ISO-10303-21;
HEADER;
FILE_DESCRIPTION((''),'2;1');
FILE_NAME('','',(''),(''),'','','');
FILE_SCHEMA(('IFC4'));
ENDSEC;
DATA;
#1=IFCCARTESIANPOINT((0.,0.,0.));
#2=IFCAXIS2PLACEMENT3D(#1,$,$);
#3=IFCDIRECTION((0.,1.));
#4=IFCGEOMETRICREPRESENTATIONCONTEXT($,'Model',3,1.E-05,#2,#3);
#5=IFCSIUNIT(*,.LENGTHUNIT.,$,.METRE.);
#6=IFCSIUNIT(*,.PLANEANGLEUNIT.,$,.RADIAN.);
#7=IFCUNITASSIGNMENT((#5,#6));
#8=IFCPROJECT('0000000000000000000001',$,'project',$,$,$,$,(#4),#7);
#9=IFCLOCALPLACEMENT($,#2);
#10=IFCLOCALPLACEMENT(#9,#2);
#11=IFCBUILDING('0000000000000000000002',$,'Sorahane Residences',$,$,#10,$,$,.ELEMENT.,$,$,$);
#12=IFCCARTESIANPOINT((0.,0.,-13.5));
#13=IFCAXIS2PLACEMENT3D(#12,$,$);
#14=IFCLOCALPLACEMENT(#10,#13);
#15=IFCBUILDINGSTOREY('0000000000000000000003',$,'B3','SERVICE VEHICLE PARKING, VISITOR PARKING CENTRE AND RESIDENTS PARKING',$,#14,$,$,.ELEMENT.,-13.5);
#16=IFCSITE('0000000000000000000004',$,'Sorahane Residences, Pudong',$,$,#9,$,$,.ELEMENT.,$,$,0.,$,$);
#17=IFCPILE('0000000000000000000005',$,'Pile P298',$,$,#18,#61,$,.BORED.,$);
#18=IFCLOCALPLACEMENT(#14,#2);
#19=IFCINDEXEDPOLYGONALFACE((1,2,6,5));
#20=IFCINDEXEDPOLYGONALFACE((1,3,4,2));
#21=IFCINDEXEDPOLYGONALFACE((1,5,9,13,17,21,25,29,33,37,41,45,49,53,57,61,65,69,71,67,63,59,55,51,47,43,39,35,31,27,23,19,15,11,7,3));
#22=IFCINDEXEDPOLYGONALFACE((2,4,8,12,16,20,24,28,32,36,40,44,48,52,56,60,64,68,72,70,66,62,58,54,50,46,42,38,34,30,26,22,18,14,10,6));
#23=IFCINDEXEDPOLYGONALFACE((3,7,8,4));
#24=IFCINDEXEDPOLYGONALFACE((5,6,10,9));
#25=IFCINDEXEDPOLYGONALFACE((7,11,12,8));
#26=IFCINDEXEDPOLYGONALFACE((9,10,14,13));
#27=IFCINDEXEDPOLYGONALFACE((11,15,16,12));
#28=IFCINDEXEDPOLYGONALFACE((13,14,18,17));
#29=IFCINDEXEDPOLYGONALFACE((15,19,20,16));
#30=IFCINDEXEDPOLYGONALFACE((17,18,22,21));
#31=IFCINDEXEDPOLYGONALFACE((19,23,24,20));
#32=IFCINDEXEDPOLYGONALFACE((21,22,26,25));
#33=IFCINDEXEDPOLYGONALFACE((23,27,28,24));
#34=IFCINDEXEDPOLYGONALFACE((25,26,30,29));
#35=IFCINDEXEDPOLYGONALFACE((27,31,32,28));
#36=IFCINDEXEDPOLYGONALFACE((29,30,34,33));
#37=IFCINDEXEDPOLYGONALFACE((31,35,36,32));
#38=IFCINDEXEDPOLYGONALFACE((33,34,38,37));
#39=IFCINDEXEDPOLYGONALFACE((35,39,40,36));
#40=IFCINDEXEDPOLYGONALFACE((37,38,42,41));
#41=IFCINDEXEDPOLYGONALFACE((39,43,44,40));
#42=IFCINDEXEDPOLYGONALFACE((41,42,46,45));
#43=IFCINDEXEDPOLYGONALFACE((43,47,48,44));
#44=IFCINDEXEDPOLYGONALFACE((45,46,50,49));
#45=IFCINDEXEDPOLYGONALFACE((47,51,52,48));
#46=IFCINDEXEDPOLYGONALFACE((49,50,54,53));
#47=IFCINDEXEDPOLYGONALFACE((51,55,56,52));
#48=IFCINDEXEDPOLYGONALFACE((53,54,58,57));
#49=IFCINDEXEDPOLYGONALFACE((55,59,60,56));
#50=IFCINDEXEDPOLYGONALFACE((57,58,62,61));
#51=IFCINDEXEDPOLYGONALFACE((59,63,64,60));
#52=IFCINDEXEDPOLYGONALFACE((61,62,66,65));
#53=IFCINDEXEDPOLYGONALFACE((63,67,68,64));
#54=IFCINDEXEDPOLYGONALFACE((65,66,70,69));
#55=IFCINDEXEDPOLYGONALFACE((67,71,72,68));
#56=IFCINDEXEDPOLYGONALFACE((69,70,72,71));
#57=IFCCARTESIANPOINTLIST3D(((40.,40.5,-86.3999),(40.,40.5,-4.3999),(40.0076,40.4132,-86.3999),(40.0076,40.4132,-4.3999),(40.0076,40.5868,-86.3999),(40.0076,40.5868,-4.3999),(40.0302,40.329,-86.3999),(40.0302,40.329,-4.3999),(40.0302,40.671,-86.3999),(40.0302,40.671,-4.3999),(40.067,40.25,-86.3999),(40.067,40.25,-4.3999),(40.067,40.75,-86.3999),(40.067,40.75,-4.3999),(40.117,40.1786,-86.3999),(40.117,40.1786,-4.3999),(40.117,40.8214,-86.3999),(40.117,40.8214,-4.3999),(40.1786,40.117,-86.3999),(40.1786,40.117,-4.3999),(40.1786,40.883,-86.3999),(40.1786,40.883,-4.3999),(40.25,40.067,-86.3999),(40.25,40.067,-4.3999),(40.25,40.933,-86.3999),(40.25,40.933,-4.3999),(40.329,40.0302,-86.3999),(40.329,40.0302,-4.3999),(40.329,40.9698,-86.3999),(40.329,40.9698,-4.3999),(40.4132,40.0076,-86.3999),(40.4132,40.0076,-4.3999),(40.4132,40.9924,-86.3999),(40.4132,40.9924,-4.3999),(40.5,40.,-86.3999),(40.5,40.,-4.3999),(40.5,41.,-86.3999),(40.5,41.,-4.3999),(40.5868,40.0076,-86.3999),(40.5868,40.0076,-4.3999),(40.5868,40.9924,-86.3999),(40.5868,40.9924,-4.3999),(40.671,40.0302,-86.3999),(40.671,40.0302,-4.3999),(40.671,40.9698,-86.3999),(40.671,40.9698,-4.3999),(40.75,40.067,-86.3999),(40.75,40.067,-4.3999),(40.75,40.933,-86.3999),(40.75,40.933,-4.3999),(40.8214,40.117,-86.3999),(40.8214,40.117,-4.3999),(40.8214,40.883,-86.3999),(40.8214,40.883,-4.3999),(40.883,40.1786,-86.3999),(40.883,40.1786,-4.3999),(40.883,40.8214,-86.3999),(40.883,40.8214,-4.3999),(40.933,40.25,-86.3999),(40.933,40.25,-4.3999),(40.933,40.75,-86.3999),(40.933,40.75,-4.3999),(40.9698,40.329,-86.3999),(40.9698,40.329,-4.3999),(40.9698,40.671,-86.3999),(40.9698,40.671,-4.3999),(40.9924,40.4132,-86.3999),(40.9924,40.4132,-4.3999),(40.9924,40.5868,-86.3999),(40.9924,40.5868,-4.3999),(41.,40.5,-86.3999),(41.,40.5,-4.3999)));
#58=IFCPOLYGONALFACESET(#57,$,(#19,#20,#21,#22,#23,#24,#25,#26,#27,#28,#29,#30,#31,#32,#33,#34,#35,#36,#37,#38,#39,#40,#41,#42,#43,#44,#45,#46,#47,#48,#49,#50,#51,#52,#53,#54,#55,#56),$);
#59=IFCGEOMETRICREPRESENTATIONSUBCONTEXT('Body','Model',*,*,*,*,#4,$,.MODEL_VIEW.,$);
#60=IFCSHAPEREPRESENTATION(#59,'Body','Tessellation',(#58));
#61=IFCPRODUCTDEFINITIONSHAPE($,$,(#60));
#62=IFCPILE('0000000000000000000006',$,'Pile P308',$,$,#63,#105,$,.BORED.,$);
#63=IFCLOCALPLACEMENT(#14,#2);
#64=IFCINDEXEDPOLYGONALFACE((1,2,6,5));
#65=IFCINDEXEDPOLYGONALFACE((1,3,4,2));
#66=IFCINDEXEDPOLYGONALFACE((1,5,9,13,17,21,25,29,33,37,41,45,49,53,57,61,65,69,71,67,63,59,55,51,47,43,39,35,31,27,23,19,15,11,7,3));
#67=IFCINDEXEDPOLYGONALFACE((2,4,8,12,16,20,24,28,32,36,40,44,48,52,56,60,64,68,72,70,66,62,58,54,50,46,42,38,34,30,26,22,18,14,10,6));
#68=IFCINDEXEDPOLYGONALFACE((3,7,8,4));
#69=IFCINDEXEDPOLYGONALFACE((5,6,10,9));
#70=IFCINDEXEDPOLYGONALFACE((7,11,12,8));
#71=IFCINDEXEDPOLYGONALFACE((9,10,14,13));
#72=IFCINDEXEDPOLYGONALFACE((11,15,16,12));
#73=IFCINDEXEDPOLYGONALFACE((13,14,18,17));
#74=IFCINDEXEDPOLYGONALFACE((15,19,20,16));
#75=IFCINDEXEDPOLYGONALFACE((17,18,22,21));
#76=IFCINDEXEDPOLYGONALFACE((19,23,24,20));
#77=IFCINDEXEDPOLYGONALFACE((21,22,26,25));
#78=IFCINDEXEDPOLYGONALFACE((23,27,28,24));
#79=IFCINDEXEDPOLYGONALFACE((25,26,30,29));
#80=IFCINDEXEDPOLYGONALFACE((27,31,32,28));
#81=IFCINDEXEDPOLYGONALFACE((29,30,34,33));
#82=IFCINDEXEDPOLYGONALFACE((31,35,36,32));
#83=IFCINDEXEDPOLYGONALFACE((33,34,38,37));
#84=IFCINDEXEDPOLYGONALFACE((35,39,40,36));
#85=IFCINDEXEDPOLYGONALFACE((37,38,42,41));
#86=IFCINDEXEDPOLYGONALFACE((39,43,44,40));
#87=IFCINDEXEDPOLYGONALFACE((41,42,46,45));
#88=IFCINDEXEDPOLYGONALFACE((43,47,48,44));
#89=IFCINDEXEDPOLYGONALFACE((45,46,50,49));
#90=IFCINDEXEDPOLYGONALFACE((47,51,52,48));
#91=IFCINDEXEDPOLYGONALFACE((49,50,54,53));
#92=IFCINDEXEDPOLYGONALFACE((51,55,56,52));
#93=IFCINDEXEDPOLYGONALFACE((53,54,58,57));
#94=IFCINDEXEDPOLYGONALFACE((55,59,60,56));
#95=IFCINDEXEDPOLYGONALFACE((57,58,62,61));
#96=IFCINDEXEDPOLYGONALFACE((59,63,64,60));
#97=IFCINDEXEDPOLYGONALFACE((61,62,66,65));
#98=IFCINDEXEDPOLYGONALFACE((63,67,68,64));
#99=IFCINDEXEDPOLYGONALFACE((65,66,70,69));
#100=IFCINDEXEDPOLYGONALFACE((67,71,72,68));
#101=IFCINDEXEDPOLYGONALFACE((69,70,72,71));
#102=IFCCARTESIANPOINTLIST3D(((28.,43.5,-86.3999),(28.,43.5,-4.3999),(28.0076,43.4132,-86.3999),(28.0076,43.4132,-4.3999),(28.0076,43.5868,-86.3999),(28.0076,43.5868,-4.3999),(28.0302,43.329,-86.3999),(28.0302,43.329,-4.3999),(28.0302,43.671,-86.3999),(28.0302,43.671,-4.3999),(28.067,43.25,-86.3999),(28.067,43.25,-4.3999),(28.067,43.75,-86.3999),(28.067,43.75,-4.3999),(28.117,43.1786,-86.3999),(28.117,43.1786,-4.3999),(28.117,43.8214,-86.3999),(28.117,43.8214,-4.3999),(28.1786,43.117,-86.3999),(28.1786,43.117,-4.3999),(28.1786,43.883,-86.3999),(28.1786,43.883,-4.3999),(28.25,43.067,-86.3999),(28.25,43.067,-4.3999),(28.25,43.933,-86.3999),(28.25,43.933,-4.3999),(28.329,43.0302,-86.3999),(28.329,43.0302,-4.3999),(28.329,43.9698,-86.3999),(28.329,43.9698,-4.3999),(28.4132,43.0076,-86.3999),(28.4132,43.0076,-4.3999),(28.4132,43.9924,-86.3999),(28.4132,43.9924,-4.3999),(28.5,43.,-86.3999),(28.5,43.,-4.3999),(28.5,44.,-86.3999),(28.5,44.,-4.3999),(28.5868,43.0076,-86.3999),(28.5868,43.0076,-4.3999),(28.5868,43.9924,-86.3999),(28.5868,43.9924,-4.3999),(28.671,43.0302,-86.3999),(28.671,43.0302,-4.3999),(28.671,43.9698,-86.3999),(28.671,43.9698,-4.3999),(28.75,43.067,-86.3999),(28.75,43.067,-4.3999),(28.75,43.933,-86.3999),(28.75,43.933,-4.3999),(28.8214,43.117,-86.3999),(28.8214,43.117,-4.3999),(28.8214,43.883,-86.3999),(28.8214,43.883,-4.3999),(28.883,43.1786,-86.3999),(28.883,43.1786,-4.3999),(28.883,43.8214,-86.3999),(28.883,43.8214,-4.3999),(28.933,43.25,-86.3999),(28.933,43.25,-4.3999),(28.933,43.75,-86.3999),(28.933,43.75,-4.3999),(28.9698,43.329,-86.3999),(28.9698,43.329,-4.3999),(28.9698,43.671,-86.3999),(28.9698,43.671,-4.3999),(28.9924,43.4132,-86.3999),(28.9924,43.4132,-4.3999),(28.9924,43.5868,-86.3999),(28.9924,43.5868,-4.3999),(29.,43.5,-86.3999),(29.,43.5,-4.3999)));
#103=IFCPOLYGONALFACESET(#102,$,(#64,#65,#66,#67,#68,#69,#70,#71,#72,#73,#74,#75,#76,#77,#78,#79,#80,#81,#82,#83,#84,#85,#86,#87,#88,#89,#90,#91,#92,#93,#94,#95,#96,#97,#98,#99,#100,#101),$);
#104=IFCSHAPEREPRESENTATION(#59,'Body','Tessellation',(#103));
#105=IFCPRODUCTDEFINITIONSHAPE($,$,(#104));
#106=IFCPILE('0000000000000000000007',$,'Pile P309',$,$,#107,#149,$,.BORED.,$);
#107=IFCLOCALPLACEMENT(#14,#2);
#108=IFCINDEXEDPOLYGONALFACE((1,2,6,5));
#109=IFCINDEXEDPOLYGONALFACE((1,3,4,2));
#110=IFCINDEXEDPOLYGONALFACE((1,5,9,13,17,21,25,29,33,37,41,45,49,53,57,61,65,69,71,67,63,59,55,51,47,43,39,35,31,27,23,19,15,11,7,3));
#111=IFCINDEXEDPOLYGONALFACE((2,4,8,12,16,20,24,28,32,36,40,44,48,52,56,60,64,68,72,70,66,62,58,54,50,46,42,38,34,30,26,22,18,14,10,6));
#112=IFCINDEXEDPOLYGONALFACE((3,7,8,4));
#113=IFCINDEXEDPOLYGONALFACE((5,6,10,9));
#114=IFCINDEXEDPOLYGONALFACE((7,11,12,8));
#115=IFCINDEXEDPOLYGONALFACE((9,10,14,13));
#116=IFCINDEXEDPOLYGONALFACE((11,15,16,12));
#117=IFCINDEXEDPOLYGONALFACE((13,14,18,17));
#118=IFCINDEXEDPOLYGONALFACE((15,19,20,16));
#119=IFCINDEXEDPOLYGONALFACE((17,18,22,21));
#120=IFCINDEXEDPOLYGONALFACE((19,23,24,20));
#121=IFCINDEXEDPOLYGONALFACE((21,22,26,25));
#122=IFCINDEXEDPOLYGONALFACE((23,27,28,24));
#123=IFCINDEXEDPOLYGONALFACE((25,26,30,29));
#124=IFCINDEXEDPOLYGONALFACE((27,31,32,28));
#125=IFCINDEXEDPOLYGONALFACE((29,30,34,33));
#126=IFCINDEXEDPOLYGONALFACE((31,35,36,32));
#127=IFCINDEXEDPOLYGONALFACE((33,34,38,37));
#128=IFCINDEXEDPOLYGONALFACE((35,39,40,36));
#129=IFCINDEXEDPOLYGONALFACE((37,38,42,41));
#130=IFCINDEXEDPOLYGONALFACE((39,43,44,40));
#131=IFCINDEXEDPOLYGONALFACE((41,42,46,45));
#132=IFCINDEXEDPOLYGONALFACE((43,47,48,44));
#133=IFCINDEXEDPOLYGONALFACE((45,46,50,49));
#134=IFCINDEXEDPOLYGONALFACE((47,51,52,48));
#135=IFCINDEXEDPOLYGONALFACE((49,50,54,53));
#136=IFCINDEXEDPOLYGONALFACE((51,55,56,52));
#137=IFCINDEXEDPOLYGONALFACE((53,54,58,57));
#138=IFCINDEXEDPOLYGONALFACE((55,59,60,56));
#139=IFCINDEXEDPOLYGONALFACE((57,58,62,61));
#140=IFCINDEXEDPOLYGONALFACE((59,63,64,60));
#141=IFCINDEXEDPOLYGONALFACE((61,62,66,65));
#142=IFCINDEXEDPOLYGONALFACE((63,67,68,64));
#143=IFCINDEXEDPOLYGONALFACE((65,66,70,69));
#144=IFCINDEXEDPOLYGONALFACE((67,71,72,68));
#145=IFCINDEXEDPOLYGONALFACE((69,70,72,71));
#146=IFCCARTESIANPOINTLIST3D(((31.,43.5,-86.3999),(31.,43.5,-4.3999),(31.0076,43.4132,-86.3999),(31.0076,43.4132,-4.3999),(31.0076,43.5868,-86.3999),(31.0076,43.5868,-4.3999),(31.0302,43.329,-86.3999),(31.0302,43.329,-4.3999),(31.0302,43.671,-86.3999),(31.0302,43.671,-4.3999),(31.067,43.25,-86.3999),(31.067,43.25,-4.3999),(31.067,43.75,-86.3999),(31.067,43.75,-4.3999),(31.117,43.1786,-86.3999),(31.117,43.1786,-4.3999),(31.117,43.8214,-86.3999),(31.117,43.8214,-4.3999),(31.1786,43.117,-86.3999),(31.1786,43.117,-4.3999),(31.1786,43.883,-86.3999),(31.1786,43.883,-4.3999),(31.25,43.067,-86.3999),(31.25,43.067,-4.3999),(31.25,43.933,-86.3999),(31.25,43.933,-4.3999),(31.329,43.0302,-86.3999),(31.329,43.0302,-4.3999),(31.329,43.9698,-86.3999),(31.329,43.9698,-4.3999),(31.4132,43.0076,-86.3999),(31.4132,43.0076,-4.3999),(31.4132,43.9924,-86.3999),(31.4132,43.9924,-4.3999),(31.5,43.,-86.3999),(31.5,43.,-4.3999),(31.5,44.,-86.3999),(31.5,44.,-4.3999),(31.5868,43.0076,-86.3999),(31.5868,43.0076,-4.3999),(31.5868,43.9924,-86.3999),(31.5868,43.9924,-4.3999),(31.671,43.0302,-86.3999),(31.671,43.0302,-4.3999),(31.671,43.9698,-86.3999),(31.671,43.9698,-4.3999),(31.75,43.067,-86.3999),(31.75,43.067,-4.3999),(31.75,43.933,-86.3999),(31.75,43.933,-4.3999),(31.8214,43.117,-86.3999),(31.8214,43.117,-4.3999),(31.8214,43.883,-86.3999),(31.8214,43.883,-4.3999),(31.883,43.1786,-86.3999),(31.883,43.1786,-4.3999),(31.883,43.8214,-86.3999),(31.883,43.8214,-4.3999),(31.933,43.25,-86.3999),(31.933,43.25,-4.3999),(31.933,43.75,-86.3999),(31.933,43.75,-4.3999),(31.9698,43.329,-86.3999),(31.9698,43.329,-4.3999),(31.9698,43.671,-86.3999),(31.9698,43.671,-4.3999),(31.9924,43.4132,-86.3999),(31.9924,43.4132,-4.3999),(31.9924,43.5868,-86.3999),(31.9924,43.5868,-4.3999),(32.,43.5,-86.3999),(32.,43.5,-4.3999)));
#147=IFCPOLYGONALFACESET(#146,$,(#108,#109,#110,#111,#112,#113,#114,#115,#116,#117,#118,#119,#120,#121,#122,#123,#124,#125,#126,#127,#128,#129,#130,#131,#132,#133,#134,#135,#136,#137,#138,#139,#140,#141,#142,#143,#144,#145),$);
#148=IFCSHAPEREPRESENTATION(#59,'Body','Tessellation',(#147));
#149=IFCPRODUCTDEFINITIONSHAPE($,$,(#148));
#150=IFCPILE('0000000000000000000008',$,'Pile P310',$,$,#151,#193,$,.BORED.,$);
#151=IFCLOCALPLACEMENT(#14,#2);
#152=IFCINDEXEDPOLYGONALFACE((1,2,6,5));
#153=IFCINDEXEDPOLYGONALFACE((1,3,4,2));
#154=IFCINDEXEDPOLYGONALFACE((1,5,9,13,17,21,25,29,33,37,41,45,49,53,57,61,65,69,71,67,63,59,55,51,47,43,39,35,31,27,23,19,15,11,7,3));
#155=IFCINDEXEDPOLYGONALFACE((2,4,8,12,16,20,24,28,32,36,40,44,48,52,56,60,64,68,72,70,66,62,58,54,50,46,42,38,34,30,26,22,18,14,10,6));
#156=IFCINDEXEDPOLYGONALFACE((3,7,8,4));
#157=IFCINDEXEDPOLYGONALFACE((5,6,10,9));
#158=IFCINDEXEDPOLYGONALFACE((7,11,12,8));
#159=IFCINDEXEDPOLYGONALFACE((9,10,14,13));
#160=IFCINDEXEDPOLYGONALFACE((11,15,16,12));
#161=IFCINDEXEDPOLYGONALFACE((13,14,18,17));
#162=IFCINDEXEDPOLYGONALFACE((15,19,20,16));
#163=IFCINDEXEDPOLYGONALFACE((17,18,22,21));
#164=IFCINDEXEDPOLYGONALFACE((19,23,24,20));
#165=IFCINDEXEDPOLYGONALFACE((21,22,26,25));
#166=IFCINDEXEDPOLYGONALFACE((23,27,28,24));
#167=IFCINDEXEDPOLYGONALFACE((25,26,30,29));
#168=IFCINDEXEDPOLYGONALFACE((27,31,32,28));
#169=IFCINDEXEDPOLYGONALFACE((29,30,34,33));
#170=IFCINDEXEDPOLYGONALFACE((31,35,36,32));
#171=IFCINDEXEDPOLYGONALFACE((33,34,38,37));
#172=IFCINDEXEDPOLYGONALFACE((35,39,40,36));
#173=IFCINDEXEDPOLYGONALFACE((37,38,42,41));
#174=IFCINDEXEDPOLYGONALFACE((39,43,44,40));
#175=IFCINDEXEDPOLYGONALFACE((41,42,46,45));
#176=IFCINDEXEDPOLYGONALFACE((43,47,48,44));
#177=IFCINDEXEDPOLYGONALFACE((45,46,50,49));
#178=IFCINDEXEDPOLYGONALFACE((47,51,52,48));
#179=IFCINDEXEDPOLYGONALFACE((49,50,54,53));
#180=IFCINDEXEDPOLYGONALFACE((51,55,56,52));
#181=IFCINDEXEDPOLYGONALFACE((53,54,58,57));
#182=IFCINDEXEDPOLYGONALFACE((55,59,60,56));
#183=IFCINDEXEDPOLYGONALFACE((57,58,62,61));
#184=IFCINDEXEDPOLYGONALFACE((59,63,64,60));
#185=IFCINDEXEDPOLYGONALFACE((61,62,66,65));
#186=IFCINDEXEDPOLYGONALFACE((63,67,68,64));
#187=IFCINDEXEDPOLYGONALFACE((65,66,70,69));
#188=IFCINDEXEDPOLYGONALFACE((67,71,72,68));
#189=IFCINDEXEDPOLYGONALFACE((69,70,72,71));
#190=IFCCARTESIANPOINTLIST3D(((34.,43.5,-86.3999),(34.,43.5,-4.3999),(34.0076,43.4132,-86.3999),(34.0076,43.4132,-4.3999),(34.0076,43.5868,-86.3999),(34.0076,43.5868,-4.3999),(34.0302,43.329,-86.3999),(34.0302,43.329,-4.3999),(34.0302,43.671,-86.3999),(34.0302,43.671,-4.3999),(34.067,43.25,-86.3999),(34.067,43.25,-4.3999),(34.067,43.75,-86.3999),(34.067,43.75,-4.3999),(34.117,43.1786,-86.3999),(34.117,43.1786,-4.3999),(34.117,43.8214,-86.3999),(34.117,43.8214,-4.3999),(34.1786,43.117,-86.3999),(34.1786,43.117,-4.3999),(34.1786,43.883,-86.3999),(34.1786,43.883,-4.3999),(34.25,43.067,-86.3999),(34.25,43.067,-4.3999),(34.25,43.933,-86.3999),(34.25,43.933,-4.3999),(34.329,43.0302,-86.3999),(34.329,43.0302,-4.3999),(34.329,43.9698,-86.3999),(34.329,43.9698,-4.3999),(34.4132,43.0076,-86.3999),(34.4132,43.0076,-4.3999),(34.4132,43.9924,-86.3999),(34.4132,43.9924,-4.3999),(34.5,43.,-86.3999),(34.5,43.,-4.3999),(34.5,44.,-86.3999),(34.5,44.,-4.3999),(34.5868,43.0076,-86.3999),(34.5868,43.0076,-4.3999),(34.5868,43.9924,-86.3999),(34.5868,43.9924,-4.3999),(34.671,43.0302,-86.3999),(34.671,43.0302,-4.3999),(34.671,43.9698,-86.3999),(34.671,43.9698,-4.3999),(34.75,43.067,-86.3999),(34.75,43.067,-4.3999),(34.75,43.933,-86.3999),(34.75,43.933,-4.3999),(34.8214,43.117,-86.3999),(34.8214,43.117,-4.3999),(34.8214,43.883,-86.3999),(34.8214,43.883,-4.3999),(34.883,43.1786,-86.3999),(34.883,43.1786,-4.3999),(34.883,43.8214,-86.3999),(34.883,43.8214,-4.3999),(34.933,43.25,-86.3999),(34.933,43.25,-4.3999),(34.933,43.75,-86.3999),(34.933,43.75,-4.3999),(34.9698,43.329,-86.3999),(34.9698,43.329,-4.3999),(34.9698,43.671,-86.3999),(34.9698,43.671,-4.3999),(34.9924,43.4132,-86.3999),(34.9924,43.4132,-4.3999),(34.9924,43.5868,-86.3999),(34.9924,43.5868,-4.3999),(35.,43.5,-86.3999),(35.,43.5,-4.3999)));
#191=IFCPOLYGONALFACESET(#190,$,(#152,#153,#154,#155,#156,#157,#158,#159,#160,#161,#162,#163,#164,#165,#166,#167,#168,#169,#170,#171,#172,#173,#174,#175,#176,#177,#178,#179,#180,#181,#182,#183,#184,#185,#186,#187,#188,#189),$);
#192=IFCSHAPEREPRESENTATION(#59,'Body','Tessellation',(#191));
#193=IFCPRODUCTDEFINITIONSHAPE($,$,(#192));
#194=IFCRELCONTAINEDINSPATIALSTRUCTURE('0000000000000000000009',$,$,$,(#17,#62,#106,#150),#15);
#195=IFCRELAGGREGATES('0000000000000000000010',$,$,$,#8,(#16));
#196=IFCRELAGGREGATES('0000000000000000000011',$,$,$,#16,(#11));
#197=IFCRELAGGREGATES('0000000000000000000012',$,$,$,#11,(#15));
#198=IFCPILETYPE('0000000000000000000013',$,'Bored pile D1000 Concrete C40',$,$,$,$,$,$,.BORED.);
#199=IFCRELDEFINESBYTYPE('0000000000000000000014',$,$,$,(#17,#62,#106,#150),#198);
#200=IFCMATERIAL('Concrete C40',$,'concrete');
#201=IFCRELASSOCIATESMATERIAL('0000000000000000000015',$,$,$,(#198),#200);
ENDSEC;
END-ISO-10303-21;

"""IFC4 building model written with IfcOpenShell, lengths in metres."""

from ifc_helpers import new_model, si_unit, direction, frame, origin, origin_2d, place, context, subcontext, project, spatial, circle, extrude, material, material_profile, profile_set, type_object, element, save


model = new_model("IFC4")

# Units and contexts
model_context = context("Model", 3, precision=1e-05, world=origin(), true_north=direction((0.0, 1.0)))
body_context = subcontext(model_context, "Body", "Model", "MODEL_VIEW")
ifc_project = project(units=[si_unit("LENGTHUNIT", "METRE"), si_unit("PLANEANGLEUNIT", "RADIAN")], contexts=[model_context])

# Site, building, storey
site_placement = place(None, origin())
site = spatial("IfcSite", under=ifc_project, at=site_placement, Name="Sorahane Residences, Pudong", CompositionType="ELEMENT", RefElevation=0.0)
building_placement = place(site_placement, origin())
building = spatial("IfcBuilding", under=site, at=building_placement, Name="Sorahane Residences", CompositionType="ELEMENT")
storey_placement = place(building_placement, frame((0.0, 0.0, -13.5)))
storey = spatial("IfcBuildingStorey", under=building, at=storey_placement, Name="B3", Description="SERVICE VEHICLE PARKING, VISITOR PARKING CENTRE AND RESIDENTS PARKING", CompositionType="ELEMENT", Elevation=-13.5)

# Piles
ifc_material_1 = material(Name="Concrete C40", Category="concrete")
ifc_material_profile_1 = material_profile(ifc_material_1, circle(Radius=0.5, at=origin_2d()), Name="D1000")
ifc_profile_set_1 = profile_set([ifc_material_profile_1], Name="Concrete C40")
pile_type = type_object("IfcPileType", Name="Bored pile D1000 Concrete C40", PredefinedType="BORED", material=ifc_profile_set_1)
for number, where, z_axis, x_axis, name in (
    (1, (40.5, 40.5, -4.3999), (0.0, 0.0, -1.0), (1.0, 0.0, 0.0), "Pile P298"),
    (2, (28.5, 43.5, -4.3999), (0.0, 0.0, -1.0), (1.0, 0.0, 0.0), "Pile P308"),
    (3, (31.5, 43.5, -4.3999), (0.0, 0.0, -1.0), (1.0, 0.0, 0.0), "Pile P309"),
    (4, (34.5, 43.5, -4.3999), (0.0, 0.0, -1.0), (1.0, 0.0, 0.0), "Pile P310"),
):
    element("IfcPile", number, at=place(storey_placement, frame(where, z_axis=z_axis, x_axis=x_axis)), inside=storey, type_object=pile_type, Name=name, PredefinedType="BORED", context=body_context, shape_type="SweptSolid", body=[
        extrude(circle(Radius=0.5, at=origin_2d()), origin(), (0.0, 0.0, 1.0), 82.0),
    ])

save(model, "model.ifc")
